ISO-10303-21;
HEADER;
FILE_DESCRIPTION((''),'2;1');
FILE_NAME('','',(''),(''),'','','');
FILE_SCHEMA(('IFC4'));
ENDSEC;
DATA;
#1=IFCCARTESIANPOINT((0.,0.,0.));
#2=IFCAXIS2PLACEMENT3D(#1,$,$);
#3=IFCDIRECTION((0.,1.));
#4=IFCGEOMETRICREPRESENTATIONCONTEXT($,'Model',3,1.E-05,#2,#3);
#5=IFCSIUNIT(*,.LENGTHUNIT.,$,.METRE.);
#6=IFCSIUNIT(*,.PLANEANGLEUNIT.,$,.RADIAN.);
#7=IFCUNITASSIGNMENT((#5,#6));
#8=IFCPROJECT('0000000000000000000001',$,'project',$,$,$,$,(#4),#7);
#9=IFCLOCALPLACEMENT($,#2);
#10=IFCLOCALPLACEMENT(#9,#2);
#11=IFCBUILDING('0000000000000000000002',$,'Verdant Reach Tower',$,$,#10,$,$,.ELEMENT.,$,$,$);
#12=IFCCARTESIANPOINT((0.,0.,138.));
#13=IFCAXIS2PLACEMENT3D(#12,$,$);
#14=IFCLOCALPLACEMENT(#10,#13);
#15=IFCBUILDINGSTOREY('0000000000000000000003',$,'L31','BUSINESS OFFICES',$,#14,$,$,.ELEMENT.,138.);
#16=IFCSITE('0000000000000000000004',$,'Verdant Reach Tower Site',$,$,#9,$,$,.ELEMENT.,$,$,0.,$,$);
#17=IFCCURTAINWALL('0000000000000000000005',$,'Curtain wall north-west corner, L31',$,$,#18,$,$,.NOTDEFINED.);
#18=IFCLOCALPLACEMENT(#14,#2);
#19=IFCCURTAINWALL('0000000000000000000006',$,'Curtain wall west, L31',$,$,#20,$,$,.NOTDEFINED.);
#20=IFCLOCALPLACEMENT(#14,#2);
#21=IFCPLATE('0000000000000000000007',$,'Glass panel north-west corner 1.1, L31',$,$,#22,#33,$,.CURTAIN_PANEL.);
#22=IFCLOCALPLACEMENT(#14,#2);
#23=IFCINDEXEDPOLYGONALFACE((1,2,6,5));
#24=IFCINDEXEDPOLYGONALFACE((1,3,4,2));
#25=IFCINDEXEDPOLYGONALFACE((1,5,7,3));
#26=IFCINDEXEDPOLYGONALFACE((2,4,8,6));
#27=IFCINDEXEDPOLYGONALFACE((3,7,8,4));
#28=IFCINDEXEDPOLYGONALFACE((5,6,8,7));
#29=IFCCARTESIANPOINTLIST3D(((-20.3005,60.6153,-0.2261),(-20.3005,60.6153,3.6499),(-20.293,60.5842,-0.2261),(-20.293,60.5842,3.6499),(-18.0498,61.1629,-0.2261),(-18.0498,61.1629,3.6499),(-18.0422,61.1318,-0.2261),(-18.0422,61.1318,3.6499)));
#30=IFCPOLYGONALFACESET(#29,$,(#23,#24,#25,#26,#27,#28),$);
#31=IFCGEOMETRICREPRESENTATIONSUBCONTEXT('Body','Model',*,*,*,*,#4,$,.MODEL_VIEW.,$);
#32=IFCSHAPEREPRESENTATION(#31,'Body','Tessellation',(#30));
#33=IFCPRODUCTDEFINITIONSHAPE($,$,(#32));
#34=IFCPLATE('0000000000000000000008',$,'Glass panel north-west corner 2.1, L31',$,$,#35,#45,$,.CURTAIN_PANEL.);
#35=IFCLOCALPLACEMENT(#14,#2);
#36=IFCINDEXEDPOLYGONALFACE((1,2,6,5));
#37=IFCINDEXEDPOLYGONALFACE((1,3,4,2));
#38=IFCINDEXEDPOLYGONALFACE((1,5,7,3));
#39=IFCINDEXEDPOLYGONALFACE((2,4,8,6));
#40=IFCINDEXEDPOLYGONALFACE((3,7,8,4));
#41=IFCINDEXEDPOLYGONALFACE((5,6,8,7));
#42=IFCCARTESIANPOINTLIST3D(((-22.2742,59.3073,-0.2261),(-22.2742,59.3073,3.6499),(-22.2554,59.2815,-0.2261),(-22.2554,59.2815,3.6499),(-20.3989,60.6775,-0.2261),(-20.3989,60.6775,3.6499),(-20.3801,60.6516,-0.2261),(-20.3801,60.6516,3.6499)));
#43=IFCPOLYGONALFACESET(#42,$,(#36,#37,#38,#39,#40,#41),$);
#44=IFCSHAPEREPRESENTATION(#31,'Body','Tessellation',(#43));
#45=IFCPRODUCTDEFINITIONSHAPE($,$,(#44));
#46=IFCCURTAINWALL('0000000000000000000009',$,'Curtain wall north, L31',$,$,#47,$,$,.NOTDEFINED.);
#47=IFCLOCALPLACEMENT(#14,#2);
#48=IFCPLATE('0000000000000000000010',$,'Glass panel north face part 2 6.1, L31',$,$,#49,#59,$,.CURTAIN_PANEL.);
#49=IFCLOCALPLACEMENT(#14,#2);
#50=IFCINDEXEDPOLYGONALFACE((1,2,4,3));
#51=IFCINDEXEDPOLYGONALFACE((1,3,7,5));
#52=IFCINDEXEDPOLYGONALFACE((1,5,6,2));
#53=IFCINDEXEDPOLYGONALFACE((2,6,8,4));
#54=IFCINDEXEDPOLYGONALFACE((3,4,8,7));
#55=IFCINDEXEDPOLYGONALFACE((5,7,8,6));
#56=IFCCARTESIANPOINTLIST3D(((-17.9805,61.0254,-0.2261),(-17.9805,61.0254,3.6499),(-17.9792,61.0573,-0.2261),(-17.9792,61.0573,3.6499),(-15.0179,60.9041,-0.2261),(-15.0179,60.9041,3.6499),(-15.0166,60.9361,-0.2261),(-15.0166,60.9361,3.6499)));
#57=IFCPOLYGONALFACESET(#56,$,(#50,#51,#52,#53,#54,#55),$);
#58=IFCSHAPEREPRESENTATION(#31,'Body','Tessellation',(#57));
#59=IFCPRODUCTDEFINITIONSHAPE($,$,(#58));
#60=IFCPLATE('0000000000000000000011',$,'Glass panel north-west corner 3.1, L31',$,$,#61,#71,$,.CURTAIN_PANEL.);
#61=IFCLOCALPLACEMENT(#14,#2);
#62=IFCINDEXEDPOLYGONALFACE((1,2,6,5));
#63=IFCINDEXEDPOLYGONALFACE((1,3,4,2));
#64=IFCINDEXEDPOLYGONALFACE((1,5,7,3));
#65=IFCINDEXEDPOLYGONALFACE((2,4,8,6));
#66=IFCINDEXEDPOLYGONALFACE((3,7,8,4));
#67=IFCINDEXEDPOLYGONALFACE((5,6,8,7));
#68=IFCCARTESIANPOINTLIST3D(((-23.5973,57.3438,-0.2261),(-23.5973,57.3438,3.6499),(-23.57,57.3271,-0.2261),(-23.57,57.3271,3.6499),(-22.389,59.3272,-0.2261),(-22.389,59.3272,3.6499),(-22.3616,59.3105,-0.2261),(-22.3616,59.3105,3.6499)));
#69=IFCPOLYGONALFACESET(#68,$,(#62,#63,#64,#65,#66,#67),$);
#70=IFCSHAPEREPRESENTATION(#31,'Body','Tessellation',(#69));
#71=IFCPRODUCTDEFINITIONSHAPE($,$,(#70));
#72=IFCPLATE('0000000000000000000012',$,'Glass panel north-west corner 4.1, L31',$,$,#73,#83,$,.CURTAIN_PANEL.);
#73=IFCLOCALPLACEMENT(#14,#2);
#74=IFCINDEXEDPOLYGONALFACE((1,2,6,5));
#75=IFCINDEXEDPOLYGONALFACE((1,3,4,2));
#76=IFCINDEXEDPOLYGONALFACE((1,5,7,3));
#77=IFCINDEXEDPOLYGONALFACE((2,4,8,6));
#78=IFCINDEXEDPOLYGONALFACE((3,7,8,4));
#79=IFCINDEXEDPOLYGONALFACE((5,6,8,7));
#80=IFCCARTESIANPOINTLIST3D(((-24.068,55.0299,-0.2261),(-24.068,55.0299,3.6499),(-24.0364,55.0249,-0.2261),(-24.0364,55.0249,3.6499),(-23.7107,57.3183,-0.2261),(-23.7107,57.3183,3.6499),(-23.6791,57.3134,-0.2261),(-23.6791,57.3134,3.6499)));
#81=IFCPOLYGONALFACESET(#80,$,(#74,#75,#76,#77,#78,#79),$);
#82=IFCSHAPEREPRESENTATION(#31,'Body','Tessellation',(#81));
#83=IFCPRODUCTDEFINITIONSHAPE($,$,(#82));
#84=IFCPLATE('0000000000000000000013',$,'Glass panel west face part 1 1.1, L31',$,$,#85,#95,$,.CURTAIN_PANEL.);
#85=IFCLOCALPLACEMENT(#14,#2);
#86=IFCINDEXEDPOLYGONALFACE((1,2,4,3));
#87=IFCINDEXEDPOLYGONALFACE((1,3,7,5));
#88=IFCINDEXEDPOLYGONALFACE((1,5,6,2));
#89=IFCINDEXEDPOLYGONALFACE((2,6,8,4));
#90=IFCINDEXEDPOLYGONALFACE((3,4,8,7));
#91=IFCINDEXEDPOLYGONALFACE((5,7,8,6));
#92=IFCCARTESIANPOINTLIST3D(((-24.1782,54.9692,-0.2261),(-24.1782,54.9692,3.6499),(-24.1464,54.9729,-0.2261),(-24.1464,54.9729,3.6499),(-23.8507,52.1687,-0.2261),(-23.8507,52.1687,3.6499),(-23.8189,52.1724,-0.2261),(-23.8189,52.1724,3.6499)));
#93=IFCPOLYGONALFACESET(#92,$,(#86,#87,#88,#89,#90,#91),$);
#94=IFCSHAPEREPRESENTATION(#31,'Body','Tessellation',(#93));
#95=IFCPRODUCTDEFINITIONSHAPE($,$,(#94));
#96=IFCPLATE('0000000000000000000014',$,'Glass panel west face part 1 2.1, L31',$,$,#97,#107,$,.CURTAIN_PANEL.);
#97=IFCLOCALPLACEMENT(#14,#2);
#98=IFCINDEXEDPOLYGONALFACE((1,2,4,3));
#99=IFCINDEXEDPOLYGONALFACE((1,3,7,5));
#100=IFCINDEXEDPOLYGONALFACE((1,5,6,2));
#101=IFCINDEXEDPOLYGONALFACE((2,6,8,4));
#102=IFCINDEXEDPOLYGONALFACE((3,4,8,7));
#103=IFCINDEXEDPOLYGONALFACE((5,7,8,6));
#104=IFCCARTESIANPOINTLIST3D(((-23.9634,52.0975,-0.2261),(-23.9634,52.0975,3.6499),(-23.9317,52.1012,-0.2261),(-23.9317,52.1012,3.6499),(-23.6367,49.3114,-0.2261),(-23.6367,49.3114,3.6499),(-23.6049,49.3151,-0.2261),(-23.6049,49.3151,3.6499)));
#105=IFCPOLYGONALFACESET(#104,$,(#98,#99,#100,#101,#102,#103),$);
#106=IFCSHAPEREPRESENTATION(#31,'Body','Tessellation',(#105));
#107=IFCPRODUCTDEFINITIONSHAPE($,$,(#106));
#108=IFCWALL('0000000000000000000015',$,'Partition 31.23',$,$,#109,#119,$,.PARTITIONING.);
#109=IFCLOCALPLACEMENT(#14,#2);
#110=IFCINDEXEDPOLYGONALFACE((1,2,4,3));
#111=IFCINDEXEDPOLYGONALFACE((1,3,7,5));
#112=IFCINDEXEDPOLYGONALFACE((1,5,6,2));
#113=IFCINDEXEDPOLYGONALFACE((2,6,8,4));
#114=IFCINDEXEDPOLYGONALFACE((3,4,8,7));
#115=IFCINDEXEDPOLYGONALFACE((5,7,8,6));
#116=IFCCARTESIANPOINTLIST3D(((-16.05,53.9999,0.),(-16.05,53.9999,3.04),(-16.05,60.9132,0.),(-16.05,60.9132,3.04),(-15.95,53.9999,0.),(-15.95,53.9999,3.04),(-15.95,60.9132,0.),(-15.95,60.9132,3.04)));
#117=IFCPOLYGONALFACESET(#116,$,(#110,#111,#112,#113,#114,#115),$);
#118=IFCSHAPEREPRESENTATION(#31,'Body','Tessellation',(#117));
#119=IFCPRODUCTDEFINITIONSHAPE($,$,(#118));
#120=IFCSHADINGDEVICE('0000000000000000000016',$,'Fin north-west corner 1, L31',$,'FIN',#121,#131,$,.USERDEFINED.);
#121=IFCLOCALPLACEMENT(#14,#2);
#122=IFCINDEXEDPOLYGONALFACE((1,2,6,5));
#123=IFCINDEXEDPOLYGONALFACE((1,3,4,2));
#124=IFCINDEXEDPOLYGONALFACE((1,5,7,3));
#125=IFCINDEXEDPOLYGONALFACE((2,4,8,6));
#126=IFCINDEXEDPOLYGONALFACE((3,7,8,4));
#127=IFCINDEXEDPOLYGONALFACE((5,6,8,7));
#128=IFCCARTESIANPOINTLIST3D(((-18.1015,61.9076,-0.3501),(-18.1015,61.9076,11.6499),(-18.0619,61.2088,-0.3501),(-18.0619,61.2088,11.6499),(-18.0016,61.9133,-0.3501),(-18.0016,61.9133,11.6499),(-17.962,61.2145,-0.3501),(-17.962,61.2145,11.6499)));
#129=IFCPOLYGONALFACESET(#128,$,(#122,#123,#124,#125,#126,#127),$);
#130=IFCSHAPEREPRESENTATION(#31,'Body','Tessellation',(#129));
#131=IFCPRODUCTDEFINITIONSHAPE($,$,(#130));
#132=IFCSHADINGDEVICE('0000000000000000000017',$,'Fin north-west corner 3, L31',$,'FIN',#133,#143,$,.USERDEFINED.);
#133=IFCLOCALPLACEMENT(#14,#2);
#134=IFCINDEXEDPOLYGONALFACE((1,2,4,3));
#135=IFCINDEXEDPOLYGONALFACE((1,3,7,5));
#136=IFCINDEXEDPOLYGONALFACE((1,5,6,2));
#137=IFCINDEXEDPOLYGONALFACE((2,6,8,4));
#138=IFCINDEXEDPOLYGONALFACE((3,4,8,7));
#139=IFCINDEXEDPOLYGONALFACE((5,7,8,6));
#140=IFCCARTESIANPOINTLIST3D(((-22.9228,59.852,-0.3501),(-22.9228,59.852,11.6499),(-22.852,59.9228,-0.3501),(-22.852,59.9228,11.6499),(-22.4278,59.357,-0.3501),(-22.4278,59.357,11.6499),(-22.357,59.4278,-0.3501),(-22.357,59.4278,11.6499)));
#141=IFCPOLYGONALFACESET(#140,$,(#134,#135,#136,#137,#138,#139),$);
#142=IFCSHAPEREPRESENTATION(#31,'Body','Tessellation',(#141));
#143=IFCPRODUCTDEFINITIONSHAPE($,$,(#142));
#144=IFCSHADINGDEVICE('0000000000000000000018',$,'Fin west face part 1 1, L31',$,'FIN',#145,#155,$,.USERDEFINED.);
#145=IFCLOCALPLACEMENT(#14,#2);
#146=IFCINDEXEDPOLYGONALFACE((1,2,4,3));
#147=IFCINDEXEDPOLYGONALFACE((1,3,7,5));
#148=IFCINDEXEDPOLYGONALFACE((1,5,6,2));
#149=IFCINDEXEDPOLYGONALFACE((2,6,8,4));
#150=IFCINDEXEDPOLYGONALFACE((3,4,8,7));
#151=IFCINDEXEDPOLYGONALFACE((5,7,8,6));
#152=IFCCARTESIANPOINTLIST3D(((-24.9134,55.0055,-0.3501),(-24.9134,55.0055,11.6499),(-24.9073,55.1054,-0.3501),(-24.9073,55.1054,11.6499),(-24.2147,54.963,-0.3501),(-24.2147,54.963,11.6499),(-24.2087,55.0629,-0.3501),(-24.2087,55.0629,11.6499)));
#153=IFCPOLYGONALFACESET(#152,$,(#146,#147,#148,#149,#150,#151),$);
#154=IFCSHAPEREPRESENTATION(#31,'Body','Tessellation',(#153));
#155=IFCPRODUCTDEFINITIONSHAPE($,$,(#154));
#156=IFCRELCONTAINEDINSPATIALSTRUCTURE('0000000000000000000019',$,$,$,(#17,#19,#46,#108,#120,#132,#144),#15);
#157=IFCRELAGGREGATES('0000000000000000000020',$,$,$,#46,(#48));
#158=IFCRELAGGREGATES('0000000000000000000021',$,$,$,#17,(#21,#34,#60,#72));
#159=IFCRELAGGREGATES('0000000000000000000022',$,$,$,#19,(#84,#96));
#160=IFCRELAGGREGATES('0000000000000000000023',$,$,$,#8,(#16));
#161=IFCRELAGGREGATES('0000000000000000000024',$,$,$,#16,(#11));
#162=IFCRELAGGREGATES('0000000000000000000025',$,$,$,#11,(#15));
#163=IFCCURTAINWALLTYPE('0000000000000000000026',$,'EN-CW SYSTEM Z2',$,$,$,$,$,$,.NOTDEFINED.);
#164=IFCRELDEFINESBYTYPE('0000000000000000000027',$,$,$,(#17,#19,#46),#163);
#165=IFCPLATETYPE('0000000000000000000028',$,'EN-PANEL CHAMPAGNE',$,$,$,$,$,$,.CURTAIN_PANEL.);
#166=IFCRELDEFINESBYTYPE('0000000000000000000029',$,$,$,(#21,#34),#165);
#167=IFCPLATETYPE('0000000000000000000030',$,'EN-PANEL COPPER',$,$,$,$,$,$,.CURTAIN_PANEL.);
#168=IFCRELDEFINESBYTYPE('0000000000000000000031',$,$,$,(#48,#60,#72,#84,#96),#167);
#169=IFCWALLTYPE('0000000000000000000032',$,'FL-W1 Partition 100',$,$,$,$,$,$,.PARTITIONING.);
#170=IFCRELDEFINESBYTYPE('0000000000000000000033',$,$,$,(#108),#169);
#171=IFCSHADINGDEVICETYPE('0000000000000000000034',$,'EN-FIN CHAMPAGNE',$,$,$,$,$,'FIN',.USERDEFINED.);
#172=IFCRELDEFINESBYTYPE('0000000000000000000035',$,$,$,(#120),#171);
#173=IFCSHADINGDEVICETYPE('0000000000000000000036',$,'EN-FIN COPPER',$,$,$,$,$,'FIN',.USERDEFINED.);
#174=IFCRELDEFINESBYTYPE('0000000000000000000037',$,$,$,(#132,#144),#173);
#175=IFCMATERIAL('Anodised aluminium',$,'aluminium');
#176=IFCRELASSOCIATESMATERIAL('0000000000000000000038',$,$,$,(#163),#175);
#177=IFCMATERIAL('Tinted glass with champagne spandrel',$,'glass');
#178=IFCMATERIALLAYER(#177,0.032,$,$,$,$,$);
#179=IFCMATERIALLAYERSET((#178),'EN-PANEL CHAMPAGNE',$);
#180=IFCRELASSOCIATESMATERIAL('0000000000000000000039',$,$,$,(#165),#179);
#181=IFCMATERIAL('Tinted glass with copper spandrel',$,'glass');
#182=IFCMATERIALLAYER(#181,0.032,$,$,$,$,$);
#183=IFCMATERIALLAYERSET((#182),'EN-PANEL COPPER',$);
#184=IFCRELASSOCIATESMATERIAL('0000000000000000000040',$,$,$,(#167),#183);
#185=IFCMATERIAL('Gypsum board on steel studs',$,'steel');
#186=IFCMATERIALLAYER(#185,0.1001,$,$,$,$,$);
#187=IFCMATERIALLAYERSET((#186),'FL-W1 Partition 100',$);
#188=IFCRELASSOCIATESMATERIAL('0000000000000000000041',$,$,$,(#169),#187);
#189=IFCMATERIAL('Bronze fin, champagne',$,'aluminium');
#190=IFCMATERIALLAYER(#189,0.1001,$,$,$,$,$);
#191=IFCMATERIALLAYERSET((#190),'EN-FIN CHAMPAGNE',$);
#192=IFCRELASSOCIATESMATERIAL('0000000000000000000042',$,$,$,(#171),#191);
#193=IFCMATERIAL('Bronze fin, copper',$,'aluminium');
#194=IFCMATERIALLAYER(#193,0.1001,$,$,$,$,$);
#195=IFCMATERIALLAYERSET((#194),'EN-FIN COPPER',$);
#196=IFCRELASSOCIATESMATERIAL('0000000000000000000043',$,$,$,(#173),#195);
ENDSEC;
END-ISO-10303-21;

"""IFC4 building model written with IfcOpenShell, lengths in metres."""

from ifc_helpers import new_model, si_unit, direction, frame, frame_2d, origin, origin_2d, place, context, subcontext, project, spatial, rectangle, extrude, material, layer, layer_set, type_object, element, aggregate, save


model = new_model("IFC4")

# Units and contexts
model_context = context("Model", 3, precision=1e-05, world=origin(), true_north=direction((0.0, 1.0)))
body_context = subcontext(model_context, "Body", "Model", "MODEL_VIEW")
ifc_project = project(units=[si_unit("LENGTHUNIT", "METRE"), si_unit("PLANEANGLEUNIT", "RADIAN")], contexts=[model_context])

# Site, building, storey
site_placement = place(None, origin())
site = spatial("IfcSite", under=ifc_project, at=site_placement, Name="Verdant Reach Tower Site", CompositionType="ELEMENT", RefElevation=0.0)
building_placement = place(site_placement, origin())
building = spatial("IfcBuilding", under=site, at=building_placement, Name="Verdant Reach Tower", CompositionType="ELEMENT")
storey_placement = place(building_placement, frame((0.0, 0.0, 138.0)))
storey = spatial("IfcBuildingStorey", under=building, at=storey_placement, Name="L31", Description="BUSINESS OFFICES", CompositionType="ELEMENT", Elevation=138.0)

# Curtain walls
ifc_material_1 = material(Name="Anodised aluminium", Category="aluminium")
curtain_wall_type = type_object("IfcCurtainWallType", Name="EN-CW SYSTEM Z2", PredefinedType="NOTDEFINED", material=ifc_material_1)
curtain_wall_1_placement = place(storey_placement, origin())
curtain_wall_1 = element("IfcCurtainWall", 1, at=curtain_wall_1_placement, inside=storey, type_object=curtain_wall_type, Name="Curtain wall north-west corner, L31", PredefinedType="NOTDEFINED")
curtain_wall_2_placement = place(storey_placement, origin())
curtain_wall_2 = element("IfcCurtainWall", 2, at=curtain_wall_2_placement, inside=storey, type_object=curtain_wall_type, Name="Curtain wall west, L31", PredefinedType="NOTDEFINED")

# Plates
ifc_material_2 = material(Name="Tinted glass with champagne spandrel", Category="glass")
ifc_layer_1 = layer(ifc_material_2, 0.032)
ifc_layer_set_1 = layer_set([ifc_layer_1], Name="EN-PANEL CHAMPAGNE")
plate_type_1 = type_object("IfcPlateType", Name="EN-PANEL CHAMPAGNE", PredefinedType="CURTAIN_PANEL", material=ifc_layer_set_1)
plate_1_placement = place(storey_placement, frame((-19.1714, 60.8735, -0.2261), z_axis=(0.0, 0.0, 1.0), x_axis=(-0.971658, -0.236391, 0.0)))
plate_1 = element("IfcPlate", 3, at=plate_1_placement, type_object=plate_type_1, Name="Glass panel north-west corner 1.1, L31", PredefinedType="CURTAIN_PANEL", context=body_context, shape_type="SweptSolid", body=[
    extrude(rectangle(XDim=2.3164, YDim=0.032, at=origin_2d()), origin(), (0.0, 0.0, 1.0), 3.876),
])
plate_2_placement = place(storey_placement, frame((-21.3271, 59.9795, -0.2261), z_axis=(0.0, 0.0, 1.0), x_axis=(-0.807457, -0.589927, 0.0)))
plate_2 = element("IfcPlate", 4, at=plate_2_placement, type_object=plate_type_1, Name="Glass panel north-west corner 2.1, L31", PredefinedType="CURTAIN_PANEL", context=body_context, shape_type="SweptSolid", body=[
    extrude(rectangle(XDim=2.3225, YDim=0.032, at=origin_2d()), origin(), (0.0, 0.0, 1.0), 3.876),
])

# Curtain wall, plate
curtain_wall_3_placement = place(storey_placement, origin())
curtain_wall_3 = element("IfcCurtainWall", 5, at=curtain_wall_3_placement, inside=storey, type_object=curtain_wall_type, Name="Curtain wall north, L31", PredefinedType="NOTDEFINED")
ifc_material_3 = material(Name="Tinted glass with copper spandrel", Category="glass")
ifc_layer_2 = layer(ifc_material_3, 0.032)
ifc_layer_set_2 = layer_set([ifc_layer_2], Name="EN-PANEL COPPER")
plate_type_2 = type_object("IfcPlateType", Name="EN-PANEL COPPER", PredefinedType="CURTAIN_PANEL", material=ifc_layer_set_2)
plate_3_placement = place(storey_placement, frame((-16.4985, 60.9807, -0.2261), z_axis=(0.0, 0.0, 1.0), x_axis=(-0.999163, 0.0409, 0.0)))
plate_3 = element("IfcPlate", 6, at=plate_3_placement, type_object=plate_type_2, Name="Glass panel north face part 2 6.1, L31", PredefinedType="CURTAIN_PANEL", context=body_context, shape_type="SweptSolid", body=[
    extrude(rectangle(XDim=2.9651, YDim=0.032, at=origin_2d()), origin(), (0.0, 0.0, 1.0), 3.876),
])
aggregate(curtain_wall_3, [plate_3])

# Plates
plate_4_placement = place(storey_placement, frame((-22.9795, 58.3271, -0.2261), z_axis=(0.0, 0.0, 1.0), x_axis=(-0.520292, -0.853989, 0.0)))
plate_4 = element("IfcPlate", 7, at=plate_4_placement, type_object=plate_type_2, Name="Glass panel north-west corner 3.1, L31", PredefinedType="CURTAIN_PANEL", context=body_context, shape_type="SweptSolid", body=[
    extrude(rectangle(XDim=2.3225, YDim=0.032, at=origin_2d()), origin(), (0.0, 0.0, 1.0), 3.876),
])
plate_5_placement = place(storey_placement, frame((-23.8735, 56.1716, -0.2261), z_axis=(0.0, 0.0, 1.0), x_axis=(-0.154281, -0.988027, 0.0)))
plate_5 = element("IfcPlate", 8, at=plate_5_placement, type_object=plate_type_2, Name="Glass panel north-west corner 4.1, L31", PredefinedType="CURTAIN_PANEL", context=body_context, shape_type="SweptSolid", body=[
    extrude(rectangle(XDim=2.3162, YDim=0.032, at=origin_2d()), origin(), (0.0, 0.0, 1.0), 3.876),
])
aggregate(curtain_wall_1, [plate_1, plate_2, plate_4, plate_5])
plate_6_placement = place(storey_placement, frame((-23.9985, 53.5708, -0.2261), z_axis=(0.0, 0.0, 1.0), x_axis=(0.116147, -0.993232, 0.0)))
plate_6 = element("IfcPlate", 9, at=plate_6_placement, type_object=plate_type_2, Name="Glass panel west face part 1 1.1, L31", PredefinedType="CURTAIN_PANEL", context=body_context, shape_type="SweptSolid", body=[
    extrude(rectangle(XDim=2.8196, YDim=0.032, at=origin_2d()), origin(), (0.0, 0.0, 1.0), 3.876),
])
plate_7_placement = place(storey_placement, frame((-23.7842, 50.7063, -0.2261), z_axis=(0.0, 0.0, 1.0), x_axis=(0.116483, -0.993193, 0.0)))
plate_7 = element("IfcPlate", 10, at=plate_7_placement, type_object=plate_type_2, Name="Glass panel west face part 1 2.1, L31", PredefinedType="CURTAIN_PANEL", context=body_context, shape_type="SweptSolid", body=[
    extrude(rectangle(XDim=2.8052, YDim=0.032, at=origin_2d()), origin(), (0.0, 0.0, 1.0), 3.876),
])
aggregate(curtain_wall_2, [plate_6, plate_7])

# Wall
ifc_material_4 = material(Name="Gypsum board on steel studs", Category="steel")
ifc_layer_3 = layer(ifc_material_4, 0.1001)
ifc_layer_set_3 = layer_set([ifc_layer_3], Name="FL-W1 Partition 100")
wall_type = type_object("IfcWallType", Name="FL-W1 Partition 100", PredefinedType="PARTITIONING", material=ifc_layer_set_3)
wall_placement = place(storey_placement, frame((-16.0, 54.0, 0.0), z_axis=(0.0, 0.0, 1.0), x_axis=(0.0, 1.0, 0.0)))
element("IfcWall", 11, at=wall_placement, inside=storey, type_object=wall_type, Name="Partition 31.23", PredefinedType="PARTITIONING", context=body_context, shape_type="SweptSolid", body=[
    extrude(rectangle(XDim=6.9133, YDim=0.1001, at=frame_2d((3.4565, 0.0))), origin(), (0.0, 0.0, 1.0), 3.04),
])

# Shading devices
ifc_material_5 = material(Name="Bronze fin, champagne", Category="aluminium")
ifc_layer_4 = layer(ifc_material_5, 0.1001)
ifc_layer_set_4 = layer_set([ifc_layer_4], Name="EN-FIN CHAMPAGNE")
shading_device_type_1 = type_object("IfcShadingDeviceType", Name="EN-FIN CHAMPAGNE", ElementType="FIN", PredefinedType="USERDEFINED", material=ifc_layer_set_4)
shading_device_placement = place(storey_placement, frame((-18.0317, 61.561, -0.3501), z_axis=(0.0, 0.0, 1.0), x_axis=(-0.998399, -0.056569, 0.0)))
element("IfcShadingDevice", 12, at=shading_device_placement, inside=storey, type_object=shading_device_type_1, Name="Fin north-west corner 1, L31", ObjectType="FIN", PredefinedType="USERDEFINED", context=body_context, shape_type="SweptSolid", body=[
    extrude(rectangle(XDim=0.1001, YDim=0.7, at=origin_2d()), origin(), (0.0, 0.0, 1.0), 12.0),
])
ifc_material_6 = material(Name="Bronze fin, copper", Category="aluminium")
ifc_layer_5 = layer(ifc_material_6, 0.1001)
ifc_layer_set_5 = layer_set([ifc_layer_5], Name="EN-FIN COPPER")
shading_device_type_2 = type_object("IfcShadingDeviceType", Name="EN-FIN COPPER", ElementType="FIN", PredefinedType="USERDEFINED", material=ifc_layer_set_5)
for number, where, z_axis, x_axis, name in (
    (13, (-22.6399, 59.6399, -0.3501), (0.0, 0.0, 1.0), (-0.707107, -0.707107, 0.0), "Fin north-west corner 3, L31"),
    (14, (-24.561, 55.0342, -0.3501), (0.0, 0.0, 1.0), (-0.060703, -0.998156, 0.0), "Fin west face part 1 1, L31"),
):
    element("IfcShadingDevice", number, at=place(storey_placement, frame(where, z_axis=z_axis, x_axis=x_axis)), inside=storey, type_object=shading_device_type_2, Name=name, ObjectType="FIN", PredefinedType="USERDEFINED", context=body_context, shape_type="SweptSolid", body=[
        extrude(rectangle(XDim=0.1001, YDim=0.7, at=origin_2d()), origin(), (0.0, 0.0, 1.0), 12.0),
    ])

save(model, "model.ifc")
